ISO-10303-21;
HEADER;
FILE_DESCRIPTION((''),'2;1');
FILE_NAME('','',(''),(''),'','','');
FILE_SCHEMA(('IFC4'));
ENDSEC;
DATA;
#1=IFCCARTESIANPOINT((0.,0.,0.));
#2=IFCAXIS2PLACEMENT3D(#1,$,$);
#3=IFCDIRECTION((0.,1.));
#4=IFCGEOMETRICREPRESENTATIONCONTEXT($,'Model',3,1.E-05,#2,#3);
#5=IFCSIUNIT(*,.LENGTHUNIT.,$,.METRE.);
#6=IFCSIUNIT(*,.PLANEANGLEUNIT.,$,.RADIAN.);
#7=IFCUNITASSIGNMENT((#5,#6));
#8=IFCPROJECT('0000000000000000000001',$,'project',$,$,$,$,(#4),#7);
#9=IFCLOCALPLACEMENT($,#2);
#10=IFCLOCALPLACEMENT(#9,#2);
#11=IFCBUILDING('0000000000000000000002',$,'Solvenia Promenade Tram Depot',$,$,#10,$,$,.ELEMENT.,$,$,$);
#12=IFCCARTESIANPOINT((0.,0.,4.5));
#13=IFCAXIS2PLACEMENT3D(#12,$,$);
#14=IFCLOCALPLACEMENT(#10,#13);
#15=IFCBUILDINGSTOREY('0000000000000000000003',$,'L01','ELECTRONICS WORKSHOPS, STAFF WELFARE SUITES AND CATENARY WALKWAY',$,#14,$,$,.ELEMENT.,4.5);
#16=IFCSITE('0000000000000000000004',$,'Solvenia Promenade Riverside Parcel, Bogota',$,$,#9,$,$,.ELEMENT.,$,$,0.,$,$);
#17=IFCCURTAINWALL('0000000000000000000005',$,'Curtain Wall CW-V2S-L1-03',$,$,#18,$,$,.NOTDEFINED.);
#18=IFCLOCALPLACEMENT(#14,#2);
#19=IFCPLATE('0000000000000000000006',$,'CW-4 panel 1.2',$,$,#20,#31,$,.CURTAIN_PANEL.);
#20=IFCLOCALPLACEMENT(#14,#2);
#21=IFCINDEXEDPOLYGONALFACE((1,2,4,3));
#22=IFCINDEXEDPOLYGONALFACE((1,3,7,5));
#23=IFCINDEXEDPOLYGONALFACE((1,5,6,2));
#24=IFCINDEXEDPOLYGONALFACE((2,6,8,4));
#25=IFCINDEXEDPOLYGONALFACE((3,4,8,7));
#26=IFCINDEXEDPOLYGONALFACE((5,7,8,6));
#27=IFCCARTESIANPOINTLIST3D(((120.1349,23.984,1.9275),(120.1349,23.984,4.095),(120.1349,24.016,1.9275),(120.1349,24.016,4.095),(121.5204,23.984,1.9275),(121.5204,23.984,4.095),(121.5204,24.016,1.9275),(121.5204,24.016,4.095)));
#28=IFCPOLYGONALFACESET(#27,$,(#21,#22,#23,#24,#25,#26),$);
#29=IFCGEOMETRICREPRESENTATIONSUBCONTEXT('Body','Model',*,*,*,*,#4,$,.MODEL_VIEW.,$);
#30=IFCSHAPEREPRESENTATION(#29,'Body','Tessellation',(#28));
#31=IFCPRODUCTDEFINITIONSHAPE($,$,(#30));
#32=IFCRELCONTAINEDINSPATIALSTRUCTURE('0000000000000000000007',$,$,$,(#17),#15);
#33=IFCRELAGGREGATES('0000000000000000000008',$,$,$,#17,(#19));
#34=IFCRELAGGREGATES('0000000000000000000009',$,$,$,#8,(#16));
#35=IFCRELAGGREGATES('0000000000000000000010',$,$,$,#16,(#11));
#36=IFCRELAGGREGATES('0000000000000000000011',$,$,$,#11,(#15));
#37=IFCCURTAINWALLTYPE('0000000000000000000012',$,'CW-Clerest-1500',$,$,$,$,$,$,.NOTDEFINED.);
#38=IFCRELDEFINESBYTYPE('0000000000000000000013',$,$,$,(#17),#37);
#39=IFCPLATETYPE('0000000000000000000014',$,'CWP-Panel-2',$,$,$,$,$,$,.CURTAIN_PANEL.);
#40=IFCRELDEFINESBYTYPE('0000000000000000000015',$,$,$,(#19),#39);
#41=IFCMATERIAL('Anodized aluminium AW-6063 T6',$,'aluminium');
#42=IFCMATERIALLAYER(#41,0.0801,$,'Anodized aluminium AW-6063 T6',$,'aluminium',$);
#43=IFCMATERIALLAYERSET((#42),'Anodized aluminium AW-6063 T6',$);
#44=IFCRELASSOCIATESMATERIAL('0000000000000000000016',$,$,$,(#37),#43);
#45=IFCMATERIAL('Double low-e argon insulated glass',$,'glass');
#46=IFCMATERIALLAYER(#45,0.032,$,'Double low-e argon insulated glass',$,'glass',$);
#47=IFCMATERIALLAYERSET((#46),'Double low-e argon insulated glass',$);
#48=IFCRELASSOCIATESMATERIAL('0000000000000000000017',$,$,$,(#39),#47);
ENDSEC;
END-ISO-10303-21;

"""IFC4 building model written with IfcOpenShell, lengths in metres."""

from ifc_helpers import new_model, si_unit, direction, frame, origin, origin_2d, place, context, subcontext, project, spatial, rectangle, extrude, material, layer, layer_set, type_object, element, aggregate, save


model = new_model("IFC4")

# Units and contexts
model_context = context("Model", 3, precision=1e-05, world=origin(), true_north=direction((0.0, 1.0)))
body_context = subcontext(model_context, "Body", "Model", "MODEL_VIEW")
ifc_project = project(units=[si_unit("LENGTHUNIT", "METRE"), si_unit("PLANEANGLEUNIT", "RADIAN")], contexts=[model_context])

# Site, building, storey
site_placement = place(None, origin())
site = spatial("IfcSite", under=ifc_project, at=site_placement, Name="Solvenia Promenade Riverside Parcel, Bogota", CompositionType="ELEMENT", RefElevation=0.0)
building_placement = place(site_placement, origin())
building = spatial("IfcBuilding", under=site, at=building_placement, Name="Solvenia Promenade Tram Depot", CompositionType="ELEMENT")
storey_placement = place(building_placement, frame((0.0, 0.0, 4.5)))
storey = spatial("IfcBuildingStorey", under=building, at=storey_placement, Name="L01", Description="ELECTRONICS WORKSHOPS, STAFF WELFARE SUITES AND CATENARY WALKWAY", CompositionType="ELEMENT", Elevation=4.5)

# Curtain wall
ifc_material_1 = material(Name="Anodized aluminium AW-6063 T6", Category="aluminium")
ifc_layer_1 = layer(ifc_material_1, 0.0801, Name="Anodized aluminium AW-6063 T6", Category="aluminium")
ifc_layer_set_1 = layer_set([ifc_layer_1], Name="Anodized aluminium AW-6063 T6")
curtain_wall_type = type_object("IfcCurtainWallType", Name="CW-Clerest-1500", PredefinedType="NOTDEFINED", material=ifc_layer_set_1)
curtain_wall_1_placement = place(storey_placement, origin())
curtain_wall_1 = element("IfcCurtainWall", 1, at=curtain_wall_1_placement, inside=storey, type_object=curtain_wall_type, Name="Curtain Wall CW-V2S-L1-03", PredefinedType="NOTDEFINED")

# Plate
ifc_material_2 = material(Name="Double low-e argon insulated glass", Category="glass")
ifc_layer_2 = layer(ifc_material_2, 0.032, Name="Double low-e argon insulated glass", Category="glass")
ifc_layer_set_2 = layer_set([ifc_layer_2], Name="Double low-e argon insulated glass")
plate_type = type_object("IfcPlateType", Name="CWP-Panel-2", PredefinedType="CURTAIN_PANEL", material=ifc_layer_set_2)
plate_1_placement = place(storey_placement, frame((120.8276, 24.0, 1.9275), z_axis=(0.0, 0.0, 1.0), x_axis=(1.0, 0.0, 0.0)))
plate_1 = element("IfcPlate", 2, at=plate_1_placement, type_object=plate_type, Name="CW-4 panel 1.2", PredefinedType="CURTAIN_PANEL", context=body_context, shape_type="SweptSolid", body=[
    extrude(rectangle(XDim=1.3855, YDim=0.032, at=origin_2d()), origin(), (0.0, 0.0, 1.0), 2.1675),
])
aggregate(curtain_wall_1, [plate_1])

save(model, "model.ifc")
